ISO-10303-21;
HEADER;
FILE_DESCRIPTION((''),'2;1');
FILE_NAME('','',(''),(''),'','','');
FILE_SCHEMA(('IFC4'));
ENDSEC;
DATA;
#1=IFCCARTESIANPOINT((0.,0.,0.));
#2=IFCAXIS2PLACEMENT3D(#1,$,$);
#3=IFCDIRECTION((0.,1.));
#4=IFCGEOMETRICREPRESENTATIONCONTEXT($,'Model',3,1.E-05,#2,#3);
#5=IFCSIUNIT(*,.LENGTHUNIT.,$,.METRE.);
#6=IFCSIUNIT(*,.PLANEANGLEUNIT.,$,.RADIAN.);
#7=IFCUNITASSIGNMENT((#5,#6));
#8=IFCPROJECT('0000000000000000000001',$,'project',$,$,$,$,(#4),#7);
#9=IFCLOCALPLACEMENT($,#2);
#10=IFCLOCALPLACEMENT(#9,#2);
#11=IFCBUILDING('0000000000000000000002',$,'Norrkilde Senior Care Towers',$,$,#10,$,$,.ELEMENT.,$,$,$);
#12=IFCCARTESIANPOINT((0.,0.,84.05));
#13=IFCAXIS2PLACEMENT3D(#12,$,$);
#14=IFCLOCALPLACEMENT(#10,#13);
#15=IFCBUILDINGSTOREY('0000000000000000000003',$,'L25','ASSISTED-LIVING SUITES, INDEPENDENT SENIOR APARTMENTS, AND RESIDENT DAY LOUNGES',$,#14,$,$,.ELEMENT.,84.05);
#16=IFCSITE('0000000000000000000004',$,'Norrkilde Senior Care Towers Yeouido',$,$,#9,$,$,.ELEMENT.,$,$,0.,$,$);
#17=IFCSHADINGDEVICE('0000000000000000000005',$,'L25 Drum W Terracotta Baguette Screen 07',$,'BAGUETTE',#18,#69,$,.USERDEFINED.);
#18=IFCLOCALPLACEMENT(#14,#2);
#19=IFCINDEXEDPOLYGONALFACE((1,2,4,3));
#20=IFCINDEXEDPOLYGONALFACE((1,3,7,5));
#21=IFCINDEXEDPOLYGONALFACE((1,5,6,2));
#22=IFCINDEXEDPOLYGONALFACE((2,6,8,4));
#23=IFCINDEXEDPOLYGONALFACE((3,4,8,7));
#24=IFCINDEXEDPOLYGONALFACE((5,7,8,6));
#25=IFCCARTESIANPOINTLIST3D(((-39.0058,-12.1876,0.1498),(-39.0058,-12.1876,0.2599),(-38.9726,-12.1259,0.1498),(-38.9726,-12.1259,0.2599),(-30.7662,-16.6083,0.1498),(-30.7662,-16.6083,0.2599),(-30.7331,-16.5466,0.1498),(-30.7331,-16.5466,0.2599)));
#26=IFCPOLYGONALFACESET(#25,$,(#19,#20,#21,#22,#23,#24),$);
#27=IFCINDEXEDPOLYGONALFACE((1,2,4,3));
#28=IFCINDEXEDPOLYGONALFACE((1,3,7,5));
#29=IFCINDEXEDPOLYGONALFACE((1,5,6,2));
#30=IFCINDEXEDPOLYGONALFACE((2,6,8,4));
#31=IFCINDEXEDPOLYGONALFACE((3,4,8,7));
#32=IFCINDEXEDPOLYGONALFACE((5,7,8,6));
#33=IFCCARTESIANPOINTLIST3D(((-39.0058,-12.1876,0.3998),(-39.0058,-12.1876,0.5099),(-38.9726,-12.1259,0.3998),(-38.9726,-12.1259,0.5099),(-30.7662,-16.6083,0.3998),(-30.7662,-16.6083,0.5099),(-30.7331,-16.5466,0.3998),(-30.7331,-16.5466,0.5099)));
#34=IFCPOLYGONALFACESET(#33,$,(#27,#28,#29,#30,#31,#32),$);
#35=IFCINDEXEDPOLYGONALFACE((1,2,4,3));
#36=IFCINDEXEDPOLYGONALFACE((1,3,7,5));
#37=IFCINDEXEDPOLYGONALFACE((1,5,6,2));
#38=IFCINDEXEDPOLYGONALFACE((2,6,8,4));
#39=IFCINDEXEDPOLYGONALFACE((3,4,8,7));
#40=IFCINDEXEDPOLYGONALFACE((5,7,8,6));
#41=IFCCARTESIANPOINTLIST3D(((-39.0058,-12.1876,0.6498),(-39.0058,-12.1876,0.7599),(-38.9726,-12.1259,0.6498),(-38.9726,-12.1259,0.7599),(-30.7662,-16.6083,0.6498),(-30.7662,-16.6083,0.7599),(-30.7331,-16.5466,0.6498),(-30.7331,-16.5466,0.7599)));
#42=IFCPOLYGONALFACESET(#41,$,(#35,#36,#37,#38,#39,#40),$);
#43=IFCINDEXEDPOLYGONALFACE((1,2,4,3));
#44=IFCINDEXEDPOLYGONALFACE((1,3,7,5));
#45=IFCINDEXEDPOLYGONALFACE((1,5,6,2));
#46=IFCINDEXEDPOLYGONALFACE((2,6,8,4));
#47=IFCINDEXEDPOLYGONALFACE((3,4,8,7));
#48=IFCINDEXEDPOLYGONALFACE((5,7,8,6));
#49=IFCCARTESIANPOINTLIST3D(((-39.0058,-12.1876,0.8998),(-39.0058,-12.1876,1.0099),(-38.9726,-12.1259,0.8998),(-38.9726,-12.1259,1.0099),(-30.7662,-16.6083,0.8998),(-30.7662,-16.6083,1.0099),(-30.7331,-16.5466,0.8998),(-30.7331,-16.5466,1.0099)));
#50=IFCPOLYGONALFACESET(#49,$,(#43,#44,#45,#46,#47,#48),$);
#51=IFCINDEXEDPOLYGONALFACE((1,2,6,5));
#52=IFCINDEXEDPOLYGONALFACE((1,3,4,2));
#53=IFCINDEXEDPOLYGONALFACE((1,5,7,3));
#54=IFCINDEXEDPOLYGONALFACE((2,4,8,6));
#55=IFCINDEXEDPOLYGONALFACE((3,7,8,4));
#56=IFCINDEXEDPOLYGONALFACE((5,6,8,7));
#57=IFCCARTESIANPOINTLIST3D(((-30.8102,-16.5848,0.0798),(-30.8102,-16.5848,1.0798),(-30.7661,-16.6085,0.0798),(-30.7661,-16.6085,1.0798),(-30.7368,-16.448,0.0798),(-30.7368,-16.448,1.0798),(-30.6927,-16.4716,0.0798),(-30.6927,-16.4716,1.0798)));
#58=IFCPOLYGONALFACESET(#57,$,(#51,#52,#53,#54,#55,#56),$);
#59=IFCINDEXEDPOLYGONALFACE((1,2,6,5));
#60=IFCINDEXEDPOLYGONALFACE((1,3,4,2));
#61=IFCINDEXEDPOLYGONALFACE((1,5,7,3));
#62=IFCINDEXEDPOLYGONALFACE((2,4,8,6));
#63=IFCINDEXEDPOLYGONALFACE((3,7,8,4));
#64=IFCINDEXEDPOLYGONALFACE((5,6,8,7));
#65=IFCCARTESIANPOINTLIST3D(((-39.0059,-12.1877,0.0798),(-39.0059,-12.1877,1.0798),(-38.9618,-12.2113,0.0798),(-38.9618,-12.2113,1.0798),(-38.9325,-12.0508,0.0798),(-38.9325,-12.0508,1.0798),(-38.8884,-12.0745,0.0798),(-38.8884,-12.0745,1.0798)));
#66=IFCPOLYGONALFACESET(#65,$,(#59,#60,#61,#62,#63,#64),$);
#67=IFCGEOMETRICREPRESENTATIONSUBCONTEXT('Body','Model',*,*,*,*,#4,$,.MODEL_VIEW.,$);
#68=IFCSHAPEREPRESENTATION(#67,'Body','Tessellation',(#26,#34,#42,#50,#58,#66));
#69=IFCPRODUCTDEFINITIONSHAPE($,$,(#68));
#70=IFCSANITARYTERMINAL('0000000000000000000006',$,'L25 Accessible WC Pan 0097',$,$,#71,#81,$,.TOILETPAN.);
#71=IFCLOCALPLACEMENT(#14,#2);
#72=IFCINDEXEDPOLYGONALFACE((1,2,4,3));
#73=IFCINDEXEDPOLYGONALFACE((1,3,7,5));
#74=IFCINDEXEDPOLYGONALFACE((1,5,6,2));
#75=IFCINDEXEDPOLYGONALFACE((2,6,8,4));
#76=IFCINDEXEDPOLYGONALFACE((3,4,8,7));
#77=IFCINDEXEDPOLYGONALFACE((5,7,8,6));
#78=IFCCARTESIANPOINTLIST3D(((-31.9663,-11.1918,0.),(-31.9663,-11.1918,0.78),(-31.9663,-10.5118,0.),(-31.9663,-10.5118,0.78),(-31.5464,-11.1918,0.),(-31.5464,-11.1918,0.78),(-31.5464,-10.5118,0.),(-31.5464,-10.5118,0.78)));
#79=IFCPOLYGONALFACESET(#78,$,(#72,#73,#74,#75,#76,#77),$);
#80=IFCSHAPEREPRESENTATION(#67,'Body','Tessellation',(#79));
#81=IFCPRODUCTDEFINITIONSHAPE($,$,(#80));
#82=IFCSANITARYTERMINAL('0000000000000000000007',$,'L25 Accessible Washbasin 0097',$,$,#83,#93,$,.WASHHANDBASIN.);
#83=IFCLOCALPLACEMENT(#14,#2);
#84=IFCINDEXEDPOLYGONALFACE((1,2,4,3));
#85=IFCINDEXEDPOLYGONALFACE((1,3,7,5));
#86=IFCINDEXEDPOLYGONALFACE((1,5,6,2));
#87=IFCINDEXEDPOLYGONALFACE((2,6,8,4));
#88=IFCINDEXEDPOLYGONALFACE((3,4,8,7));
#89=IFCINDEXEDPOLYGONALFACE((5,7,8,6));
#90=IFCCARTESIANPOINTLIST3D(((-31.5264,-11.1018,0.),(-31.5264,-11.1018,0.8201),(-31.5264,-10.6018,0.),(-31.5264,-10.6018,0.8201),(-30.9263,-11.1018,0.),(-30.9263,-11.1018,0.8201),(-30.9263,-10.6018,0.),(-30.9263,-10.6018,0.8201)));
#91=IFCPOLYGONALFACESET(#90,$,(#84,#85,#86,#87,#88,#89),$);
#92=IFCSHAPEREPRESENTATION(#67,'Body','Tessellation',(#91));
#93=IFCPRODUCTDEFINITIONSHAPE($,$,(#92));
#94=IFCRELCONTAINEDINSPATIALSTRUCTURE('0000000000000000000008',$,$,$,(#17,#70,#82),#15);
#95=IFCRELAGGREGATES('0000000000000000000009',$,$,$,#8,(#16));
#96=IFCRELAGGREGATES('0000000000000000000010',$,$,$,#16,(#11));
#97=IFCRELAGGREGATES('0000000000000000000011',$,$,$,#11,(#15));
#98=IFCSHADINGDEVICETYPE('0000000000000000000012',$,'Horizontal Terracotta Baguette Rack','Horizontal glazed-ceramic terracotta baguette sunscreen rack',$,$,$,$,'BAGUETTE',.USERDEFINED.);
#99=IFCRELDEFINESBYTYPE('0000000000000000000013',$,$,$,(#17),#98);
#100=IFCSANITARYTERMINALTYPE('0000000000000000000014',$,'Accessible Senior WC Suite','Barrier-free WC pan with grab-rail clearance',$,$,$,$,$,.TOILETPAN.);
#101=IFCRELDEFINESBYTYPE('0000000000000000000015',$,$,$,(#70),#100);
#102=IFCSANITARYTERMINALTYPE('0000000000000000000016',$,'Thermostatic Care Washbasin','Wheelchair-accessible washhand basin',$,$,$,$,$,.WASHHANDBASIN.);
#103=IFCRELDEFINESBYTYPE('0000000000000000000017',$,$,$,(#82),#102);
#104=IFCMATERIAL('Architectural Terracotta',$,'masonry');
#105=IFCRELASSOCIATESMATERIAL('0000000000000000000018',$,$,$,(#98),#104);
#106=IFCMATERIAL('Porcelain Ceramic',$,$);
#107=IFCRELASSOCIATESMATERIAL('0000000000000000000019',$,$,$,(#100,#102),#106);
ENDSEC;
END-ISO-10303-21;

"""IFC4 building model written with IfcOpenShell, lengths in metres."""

from ifc_helpers import new_model, si_unit, direction, frame, origin, origin_2d, place, context, subcontext, project, spatial, rectangle, extrude, source, transform, mapped, material, type_object, type_shapes, element, save


model = new_model("IFC4")

# Units and contexts
model_context = context("Model", 3, precision=1e-05, world=origin(), true_north=direction((0.0, 1.0)))
body_context = subcontext(model_context, "Body", "Model", "MODEL_VIEW")
ifc_project = project(units=[si_unit("LENGTHUNIT", "METRE"), si_unit("PLANEANGLEUNIT", "RADIAN")], contexts=[model_context])

# Site, building, storey
site_placement = place(None, origin())
site = spatial("IfcSite", under=ifc_project, at=site_placement, Name="Norrkilde Senior Care Towers Yeouido", CompositionType="ELEMENT", RefElevation=0.0)
building_placement = place(site_placement, origin())
building = spatial("IfcBuilding", under=site, at=building_placement, Name="Norrkilde Senior Care Towers", CompositionType="ELEMENT")
storey_placement = place(building_placement, frame((0.0, 0.0, 84.05)))
storey = spatial("IfcBuildingStorey", under=building, at=storey_placement, Name="L25", Description="ASSISTED-LIVING SUITES, INDEPENDENT SENIOR APARTMENTS, AND RESIDENT DAY LOUNGES", CompositionType="ELEMENT", Elevation=84.05)

# Shading device
ifc_material_1 = material(Name="Architectural Terracotta", Category="masonry")
shading_device_type = type_object("IfcShadingDeviceType", Name="Horizontal Terracotta Baguette Rack", Description="Horizontal glazed-ceramic terracotta baguette sunscreen rack", ElementType="BAGUETTE", PredefinedType="USERDEFINED", material=ifc_material_1)
shared_shape_1 = source(origin(), body_context, "Body", "SweptSolid", [
    extrude(rectangle(XDim=0.0701, YDim=0.1101, at=origin_2d()), frame((0.0, 0.0901, 0.125), z_axis=(1.0, 0.0, 0.0), x_axis=(0.0, 1.0, 0.0)), (0.0, 0.0, 1.0), 9.3506),
    extrude(rectangle(XDim=0.0701, YDim=0.1101, at=origin_2d()), frame((0.0, 0.0901, 0.375), z_axis=(1.0, 0.0, 0.0), x_axis=(0.0, 1.0, 0.0)), (0.0, 0.0, 1.0), 9.3506),
    extrude(rectangle(XDim=0.0701, YDim=0.1101, at=origin_2d()), frame((0.0, 0.0901, 0.625), z_axis=(1.0, 0.0, 0.0), x_axis=(0.0, 1.0, 0.0)), (0.0, 0.0, 1.0), 9.3506),
    extrude(rectangle(XDim=0.0701, YDim=0.1101, at=origin_2d()), frame((0.0, 0.0901, 0.875), z_axis=(1.0, 0.0, 0.0), x_axis=(0.0, 1.0, 0.0)), (0.0, 0.0, 1.0), 9.3506),
    extrude(rectangle(XDim=0.05, YDim=0.1553, at=origin_2d()), frame((0.0249, 0.0476, 0.0)), (0.0, 0.0, 1.0), 1.0),
    extrude(rectangle(XDim=0.05, YDim=0.1553, at=origin_2d()), frame((9.3257, 0.0476, 0.0)), (0.0, 0.0, 1.0), 1.0),
])
type_shapes(shading_device_type, [shared_shape_1])
shading_device_placement = place(storey_placement, frame((-30.707, -16.498, 0.0798), z_axis=(0.0, 0.0, 1.0), x_axis=(-0.881175, 0.472768, 0.0)))
element("IfcShadingDevice", 1, at=shading_device_placement, inside=storey, type_object=shading_device_type, Name="L25 Drum W Terracotta Baguette Screen 07", ObjectType="BAGUETTE", PredefinedType="USERDEFINED", context=body_context, shape_type="MappedRepresentation", body=[
    mapped(shared_shape_1, transform((0.0, 0.0, 0.0), x_axis=(1.0, 0.0, 0.0), y_axis=(0.0, 1.0, 0.0), z_axis=(0.0, 0.0, 1.0), scale=1.0)),
])

# Sanitary terminals
ifc_material_2 = material(Name="Porcelain Ceramic")
sanitary_terminal_type_1 = type_object("IfcSanitaryTerminalType", Name="Accessible Senior WC Suite", Description="Barrier-free WC pan with grab-rail clearance", PredefinedType="TOILETPAN", material=ifc_material_2)
shared_shape_2 = source(origin(), body_context, "Body", "SweptSolid", [
    extrude(rectangle(XDim=0.4199, YDim=0.6799, at=origin_2d()), origin(), (0.0, 0.0, 1.0), 0.78),
])
type_shapes(sanitary_terminal_type_1, [shared_shape_2])
sanitary_terminal_1_placement = place(storey_placement, frame((-31.7563, -10.8518, 0.0), z_axis=(0.0, 0.0, 1.0), x_axis=(1.0, 0.0, 0.0)))
element("IfcSanitaryTerminal", 2, at=sanitary_terminal_1_placement, inside=storey, type_object=sanitary_terminal_type_1, Name="L25 Accessible WC Pan 0097", PredefinedType="TOILETPAN", context=body_context, shape_type="MappedRepresentation", body=[
    mapped(shared_shape_2, transform((0.0, 0.0, 0.0), x_axis=(1.0, 0.0, 0.0), y_axis=(0.0, 1.0, 0.0), z_axis=(0.0, 0.0, 1.0), scale=1.0)),
])
sanitary_terminal_type_2 = type_object("IfcSanitaryTerminalType", Name="Thermostatic Care Washbasin", Description="Wheelchair-accessible washhand basin", PredefinedType="WASHHANDBASIN", material=ifc_material_2)
shared_shape_3 = source(origin(), body_context, "Body", "SweptSolid", [
    extrude(rectangle(XDim=0.6001, YDim=0.5, at=origin_2d()), origin(), (0.0, 0.0, 1.0), 0.8201),
])
type_shapes(sanitary_terminal_type_2, [shared_shape_3])
sanitary_terminal_2_placement = place(storey_placement, frame((-31.2263, -10.8518, 0.0), z_axis=(0.0, 0.0, 1.0), x_axis=(1.0, 0.0, 0.0)))
element("IfcSanitaryTerminal", 3, at=sanitary_terminal_2_placement, inside=storey, type_object=sanitary_terminal_type_2, Name="L25 Accessible Washbasin 0097", PredefinedType="WASHHANDBASIN", context=body_context, shape_type="MappedRepresentation", body=[
    mapped(shared_shape_3, transform((0.0, 0.0, 0.0), x_axis=(1.0, 0.0, 0.0), y_axis=(0.0, 1.0, 0.0), z_axis=(0.0, 0.0, 1.0), scale=1.0)),
])

save(model, "model.ifc")
